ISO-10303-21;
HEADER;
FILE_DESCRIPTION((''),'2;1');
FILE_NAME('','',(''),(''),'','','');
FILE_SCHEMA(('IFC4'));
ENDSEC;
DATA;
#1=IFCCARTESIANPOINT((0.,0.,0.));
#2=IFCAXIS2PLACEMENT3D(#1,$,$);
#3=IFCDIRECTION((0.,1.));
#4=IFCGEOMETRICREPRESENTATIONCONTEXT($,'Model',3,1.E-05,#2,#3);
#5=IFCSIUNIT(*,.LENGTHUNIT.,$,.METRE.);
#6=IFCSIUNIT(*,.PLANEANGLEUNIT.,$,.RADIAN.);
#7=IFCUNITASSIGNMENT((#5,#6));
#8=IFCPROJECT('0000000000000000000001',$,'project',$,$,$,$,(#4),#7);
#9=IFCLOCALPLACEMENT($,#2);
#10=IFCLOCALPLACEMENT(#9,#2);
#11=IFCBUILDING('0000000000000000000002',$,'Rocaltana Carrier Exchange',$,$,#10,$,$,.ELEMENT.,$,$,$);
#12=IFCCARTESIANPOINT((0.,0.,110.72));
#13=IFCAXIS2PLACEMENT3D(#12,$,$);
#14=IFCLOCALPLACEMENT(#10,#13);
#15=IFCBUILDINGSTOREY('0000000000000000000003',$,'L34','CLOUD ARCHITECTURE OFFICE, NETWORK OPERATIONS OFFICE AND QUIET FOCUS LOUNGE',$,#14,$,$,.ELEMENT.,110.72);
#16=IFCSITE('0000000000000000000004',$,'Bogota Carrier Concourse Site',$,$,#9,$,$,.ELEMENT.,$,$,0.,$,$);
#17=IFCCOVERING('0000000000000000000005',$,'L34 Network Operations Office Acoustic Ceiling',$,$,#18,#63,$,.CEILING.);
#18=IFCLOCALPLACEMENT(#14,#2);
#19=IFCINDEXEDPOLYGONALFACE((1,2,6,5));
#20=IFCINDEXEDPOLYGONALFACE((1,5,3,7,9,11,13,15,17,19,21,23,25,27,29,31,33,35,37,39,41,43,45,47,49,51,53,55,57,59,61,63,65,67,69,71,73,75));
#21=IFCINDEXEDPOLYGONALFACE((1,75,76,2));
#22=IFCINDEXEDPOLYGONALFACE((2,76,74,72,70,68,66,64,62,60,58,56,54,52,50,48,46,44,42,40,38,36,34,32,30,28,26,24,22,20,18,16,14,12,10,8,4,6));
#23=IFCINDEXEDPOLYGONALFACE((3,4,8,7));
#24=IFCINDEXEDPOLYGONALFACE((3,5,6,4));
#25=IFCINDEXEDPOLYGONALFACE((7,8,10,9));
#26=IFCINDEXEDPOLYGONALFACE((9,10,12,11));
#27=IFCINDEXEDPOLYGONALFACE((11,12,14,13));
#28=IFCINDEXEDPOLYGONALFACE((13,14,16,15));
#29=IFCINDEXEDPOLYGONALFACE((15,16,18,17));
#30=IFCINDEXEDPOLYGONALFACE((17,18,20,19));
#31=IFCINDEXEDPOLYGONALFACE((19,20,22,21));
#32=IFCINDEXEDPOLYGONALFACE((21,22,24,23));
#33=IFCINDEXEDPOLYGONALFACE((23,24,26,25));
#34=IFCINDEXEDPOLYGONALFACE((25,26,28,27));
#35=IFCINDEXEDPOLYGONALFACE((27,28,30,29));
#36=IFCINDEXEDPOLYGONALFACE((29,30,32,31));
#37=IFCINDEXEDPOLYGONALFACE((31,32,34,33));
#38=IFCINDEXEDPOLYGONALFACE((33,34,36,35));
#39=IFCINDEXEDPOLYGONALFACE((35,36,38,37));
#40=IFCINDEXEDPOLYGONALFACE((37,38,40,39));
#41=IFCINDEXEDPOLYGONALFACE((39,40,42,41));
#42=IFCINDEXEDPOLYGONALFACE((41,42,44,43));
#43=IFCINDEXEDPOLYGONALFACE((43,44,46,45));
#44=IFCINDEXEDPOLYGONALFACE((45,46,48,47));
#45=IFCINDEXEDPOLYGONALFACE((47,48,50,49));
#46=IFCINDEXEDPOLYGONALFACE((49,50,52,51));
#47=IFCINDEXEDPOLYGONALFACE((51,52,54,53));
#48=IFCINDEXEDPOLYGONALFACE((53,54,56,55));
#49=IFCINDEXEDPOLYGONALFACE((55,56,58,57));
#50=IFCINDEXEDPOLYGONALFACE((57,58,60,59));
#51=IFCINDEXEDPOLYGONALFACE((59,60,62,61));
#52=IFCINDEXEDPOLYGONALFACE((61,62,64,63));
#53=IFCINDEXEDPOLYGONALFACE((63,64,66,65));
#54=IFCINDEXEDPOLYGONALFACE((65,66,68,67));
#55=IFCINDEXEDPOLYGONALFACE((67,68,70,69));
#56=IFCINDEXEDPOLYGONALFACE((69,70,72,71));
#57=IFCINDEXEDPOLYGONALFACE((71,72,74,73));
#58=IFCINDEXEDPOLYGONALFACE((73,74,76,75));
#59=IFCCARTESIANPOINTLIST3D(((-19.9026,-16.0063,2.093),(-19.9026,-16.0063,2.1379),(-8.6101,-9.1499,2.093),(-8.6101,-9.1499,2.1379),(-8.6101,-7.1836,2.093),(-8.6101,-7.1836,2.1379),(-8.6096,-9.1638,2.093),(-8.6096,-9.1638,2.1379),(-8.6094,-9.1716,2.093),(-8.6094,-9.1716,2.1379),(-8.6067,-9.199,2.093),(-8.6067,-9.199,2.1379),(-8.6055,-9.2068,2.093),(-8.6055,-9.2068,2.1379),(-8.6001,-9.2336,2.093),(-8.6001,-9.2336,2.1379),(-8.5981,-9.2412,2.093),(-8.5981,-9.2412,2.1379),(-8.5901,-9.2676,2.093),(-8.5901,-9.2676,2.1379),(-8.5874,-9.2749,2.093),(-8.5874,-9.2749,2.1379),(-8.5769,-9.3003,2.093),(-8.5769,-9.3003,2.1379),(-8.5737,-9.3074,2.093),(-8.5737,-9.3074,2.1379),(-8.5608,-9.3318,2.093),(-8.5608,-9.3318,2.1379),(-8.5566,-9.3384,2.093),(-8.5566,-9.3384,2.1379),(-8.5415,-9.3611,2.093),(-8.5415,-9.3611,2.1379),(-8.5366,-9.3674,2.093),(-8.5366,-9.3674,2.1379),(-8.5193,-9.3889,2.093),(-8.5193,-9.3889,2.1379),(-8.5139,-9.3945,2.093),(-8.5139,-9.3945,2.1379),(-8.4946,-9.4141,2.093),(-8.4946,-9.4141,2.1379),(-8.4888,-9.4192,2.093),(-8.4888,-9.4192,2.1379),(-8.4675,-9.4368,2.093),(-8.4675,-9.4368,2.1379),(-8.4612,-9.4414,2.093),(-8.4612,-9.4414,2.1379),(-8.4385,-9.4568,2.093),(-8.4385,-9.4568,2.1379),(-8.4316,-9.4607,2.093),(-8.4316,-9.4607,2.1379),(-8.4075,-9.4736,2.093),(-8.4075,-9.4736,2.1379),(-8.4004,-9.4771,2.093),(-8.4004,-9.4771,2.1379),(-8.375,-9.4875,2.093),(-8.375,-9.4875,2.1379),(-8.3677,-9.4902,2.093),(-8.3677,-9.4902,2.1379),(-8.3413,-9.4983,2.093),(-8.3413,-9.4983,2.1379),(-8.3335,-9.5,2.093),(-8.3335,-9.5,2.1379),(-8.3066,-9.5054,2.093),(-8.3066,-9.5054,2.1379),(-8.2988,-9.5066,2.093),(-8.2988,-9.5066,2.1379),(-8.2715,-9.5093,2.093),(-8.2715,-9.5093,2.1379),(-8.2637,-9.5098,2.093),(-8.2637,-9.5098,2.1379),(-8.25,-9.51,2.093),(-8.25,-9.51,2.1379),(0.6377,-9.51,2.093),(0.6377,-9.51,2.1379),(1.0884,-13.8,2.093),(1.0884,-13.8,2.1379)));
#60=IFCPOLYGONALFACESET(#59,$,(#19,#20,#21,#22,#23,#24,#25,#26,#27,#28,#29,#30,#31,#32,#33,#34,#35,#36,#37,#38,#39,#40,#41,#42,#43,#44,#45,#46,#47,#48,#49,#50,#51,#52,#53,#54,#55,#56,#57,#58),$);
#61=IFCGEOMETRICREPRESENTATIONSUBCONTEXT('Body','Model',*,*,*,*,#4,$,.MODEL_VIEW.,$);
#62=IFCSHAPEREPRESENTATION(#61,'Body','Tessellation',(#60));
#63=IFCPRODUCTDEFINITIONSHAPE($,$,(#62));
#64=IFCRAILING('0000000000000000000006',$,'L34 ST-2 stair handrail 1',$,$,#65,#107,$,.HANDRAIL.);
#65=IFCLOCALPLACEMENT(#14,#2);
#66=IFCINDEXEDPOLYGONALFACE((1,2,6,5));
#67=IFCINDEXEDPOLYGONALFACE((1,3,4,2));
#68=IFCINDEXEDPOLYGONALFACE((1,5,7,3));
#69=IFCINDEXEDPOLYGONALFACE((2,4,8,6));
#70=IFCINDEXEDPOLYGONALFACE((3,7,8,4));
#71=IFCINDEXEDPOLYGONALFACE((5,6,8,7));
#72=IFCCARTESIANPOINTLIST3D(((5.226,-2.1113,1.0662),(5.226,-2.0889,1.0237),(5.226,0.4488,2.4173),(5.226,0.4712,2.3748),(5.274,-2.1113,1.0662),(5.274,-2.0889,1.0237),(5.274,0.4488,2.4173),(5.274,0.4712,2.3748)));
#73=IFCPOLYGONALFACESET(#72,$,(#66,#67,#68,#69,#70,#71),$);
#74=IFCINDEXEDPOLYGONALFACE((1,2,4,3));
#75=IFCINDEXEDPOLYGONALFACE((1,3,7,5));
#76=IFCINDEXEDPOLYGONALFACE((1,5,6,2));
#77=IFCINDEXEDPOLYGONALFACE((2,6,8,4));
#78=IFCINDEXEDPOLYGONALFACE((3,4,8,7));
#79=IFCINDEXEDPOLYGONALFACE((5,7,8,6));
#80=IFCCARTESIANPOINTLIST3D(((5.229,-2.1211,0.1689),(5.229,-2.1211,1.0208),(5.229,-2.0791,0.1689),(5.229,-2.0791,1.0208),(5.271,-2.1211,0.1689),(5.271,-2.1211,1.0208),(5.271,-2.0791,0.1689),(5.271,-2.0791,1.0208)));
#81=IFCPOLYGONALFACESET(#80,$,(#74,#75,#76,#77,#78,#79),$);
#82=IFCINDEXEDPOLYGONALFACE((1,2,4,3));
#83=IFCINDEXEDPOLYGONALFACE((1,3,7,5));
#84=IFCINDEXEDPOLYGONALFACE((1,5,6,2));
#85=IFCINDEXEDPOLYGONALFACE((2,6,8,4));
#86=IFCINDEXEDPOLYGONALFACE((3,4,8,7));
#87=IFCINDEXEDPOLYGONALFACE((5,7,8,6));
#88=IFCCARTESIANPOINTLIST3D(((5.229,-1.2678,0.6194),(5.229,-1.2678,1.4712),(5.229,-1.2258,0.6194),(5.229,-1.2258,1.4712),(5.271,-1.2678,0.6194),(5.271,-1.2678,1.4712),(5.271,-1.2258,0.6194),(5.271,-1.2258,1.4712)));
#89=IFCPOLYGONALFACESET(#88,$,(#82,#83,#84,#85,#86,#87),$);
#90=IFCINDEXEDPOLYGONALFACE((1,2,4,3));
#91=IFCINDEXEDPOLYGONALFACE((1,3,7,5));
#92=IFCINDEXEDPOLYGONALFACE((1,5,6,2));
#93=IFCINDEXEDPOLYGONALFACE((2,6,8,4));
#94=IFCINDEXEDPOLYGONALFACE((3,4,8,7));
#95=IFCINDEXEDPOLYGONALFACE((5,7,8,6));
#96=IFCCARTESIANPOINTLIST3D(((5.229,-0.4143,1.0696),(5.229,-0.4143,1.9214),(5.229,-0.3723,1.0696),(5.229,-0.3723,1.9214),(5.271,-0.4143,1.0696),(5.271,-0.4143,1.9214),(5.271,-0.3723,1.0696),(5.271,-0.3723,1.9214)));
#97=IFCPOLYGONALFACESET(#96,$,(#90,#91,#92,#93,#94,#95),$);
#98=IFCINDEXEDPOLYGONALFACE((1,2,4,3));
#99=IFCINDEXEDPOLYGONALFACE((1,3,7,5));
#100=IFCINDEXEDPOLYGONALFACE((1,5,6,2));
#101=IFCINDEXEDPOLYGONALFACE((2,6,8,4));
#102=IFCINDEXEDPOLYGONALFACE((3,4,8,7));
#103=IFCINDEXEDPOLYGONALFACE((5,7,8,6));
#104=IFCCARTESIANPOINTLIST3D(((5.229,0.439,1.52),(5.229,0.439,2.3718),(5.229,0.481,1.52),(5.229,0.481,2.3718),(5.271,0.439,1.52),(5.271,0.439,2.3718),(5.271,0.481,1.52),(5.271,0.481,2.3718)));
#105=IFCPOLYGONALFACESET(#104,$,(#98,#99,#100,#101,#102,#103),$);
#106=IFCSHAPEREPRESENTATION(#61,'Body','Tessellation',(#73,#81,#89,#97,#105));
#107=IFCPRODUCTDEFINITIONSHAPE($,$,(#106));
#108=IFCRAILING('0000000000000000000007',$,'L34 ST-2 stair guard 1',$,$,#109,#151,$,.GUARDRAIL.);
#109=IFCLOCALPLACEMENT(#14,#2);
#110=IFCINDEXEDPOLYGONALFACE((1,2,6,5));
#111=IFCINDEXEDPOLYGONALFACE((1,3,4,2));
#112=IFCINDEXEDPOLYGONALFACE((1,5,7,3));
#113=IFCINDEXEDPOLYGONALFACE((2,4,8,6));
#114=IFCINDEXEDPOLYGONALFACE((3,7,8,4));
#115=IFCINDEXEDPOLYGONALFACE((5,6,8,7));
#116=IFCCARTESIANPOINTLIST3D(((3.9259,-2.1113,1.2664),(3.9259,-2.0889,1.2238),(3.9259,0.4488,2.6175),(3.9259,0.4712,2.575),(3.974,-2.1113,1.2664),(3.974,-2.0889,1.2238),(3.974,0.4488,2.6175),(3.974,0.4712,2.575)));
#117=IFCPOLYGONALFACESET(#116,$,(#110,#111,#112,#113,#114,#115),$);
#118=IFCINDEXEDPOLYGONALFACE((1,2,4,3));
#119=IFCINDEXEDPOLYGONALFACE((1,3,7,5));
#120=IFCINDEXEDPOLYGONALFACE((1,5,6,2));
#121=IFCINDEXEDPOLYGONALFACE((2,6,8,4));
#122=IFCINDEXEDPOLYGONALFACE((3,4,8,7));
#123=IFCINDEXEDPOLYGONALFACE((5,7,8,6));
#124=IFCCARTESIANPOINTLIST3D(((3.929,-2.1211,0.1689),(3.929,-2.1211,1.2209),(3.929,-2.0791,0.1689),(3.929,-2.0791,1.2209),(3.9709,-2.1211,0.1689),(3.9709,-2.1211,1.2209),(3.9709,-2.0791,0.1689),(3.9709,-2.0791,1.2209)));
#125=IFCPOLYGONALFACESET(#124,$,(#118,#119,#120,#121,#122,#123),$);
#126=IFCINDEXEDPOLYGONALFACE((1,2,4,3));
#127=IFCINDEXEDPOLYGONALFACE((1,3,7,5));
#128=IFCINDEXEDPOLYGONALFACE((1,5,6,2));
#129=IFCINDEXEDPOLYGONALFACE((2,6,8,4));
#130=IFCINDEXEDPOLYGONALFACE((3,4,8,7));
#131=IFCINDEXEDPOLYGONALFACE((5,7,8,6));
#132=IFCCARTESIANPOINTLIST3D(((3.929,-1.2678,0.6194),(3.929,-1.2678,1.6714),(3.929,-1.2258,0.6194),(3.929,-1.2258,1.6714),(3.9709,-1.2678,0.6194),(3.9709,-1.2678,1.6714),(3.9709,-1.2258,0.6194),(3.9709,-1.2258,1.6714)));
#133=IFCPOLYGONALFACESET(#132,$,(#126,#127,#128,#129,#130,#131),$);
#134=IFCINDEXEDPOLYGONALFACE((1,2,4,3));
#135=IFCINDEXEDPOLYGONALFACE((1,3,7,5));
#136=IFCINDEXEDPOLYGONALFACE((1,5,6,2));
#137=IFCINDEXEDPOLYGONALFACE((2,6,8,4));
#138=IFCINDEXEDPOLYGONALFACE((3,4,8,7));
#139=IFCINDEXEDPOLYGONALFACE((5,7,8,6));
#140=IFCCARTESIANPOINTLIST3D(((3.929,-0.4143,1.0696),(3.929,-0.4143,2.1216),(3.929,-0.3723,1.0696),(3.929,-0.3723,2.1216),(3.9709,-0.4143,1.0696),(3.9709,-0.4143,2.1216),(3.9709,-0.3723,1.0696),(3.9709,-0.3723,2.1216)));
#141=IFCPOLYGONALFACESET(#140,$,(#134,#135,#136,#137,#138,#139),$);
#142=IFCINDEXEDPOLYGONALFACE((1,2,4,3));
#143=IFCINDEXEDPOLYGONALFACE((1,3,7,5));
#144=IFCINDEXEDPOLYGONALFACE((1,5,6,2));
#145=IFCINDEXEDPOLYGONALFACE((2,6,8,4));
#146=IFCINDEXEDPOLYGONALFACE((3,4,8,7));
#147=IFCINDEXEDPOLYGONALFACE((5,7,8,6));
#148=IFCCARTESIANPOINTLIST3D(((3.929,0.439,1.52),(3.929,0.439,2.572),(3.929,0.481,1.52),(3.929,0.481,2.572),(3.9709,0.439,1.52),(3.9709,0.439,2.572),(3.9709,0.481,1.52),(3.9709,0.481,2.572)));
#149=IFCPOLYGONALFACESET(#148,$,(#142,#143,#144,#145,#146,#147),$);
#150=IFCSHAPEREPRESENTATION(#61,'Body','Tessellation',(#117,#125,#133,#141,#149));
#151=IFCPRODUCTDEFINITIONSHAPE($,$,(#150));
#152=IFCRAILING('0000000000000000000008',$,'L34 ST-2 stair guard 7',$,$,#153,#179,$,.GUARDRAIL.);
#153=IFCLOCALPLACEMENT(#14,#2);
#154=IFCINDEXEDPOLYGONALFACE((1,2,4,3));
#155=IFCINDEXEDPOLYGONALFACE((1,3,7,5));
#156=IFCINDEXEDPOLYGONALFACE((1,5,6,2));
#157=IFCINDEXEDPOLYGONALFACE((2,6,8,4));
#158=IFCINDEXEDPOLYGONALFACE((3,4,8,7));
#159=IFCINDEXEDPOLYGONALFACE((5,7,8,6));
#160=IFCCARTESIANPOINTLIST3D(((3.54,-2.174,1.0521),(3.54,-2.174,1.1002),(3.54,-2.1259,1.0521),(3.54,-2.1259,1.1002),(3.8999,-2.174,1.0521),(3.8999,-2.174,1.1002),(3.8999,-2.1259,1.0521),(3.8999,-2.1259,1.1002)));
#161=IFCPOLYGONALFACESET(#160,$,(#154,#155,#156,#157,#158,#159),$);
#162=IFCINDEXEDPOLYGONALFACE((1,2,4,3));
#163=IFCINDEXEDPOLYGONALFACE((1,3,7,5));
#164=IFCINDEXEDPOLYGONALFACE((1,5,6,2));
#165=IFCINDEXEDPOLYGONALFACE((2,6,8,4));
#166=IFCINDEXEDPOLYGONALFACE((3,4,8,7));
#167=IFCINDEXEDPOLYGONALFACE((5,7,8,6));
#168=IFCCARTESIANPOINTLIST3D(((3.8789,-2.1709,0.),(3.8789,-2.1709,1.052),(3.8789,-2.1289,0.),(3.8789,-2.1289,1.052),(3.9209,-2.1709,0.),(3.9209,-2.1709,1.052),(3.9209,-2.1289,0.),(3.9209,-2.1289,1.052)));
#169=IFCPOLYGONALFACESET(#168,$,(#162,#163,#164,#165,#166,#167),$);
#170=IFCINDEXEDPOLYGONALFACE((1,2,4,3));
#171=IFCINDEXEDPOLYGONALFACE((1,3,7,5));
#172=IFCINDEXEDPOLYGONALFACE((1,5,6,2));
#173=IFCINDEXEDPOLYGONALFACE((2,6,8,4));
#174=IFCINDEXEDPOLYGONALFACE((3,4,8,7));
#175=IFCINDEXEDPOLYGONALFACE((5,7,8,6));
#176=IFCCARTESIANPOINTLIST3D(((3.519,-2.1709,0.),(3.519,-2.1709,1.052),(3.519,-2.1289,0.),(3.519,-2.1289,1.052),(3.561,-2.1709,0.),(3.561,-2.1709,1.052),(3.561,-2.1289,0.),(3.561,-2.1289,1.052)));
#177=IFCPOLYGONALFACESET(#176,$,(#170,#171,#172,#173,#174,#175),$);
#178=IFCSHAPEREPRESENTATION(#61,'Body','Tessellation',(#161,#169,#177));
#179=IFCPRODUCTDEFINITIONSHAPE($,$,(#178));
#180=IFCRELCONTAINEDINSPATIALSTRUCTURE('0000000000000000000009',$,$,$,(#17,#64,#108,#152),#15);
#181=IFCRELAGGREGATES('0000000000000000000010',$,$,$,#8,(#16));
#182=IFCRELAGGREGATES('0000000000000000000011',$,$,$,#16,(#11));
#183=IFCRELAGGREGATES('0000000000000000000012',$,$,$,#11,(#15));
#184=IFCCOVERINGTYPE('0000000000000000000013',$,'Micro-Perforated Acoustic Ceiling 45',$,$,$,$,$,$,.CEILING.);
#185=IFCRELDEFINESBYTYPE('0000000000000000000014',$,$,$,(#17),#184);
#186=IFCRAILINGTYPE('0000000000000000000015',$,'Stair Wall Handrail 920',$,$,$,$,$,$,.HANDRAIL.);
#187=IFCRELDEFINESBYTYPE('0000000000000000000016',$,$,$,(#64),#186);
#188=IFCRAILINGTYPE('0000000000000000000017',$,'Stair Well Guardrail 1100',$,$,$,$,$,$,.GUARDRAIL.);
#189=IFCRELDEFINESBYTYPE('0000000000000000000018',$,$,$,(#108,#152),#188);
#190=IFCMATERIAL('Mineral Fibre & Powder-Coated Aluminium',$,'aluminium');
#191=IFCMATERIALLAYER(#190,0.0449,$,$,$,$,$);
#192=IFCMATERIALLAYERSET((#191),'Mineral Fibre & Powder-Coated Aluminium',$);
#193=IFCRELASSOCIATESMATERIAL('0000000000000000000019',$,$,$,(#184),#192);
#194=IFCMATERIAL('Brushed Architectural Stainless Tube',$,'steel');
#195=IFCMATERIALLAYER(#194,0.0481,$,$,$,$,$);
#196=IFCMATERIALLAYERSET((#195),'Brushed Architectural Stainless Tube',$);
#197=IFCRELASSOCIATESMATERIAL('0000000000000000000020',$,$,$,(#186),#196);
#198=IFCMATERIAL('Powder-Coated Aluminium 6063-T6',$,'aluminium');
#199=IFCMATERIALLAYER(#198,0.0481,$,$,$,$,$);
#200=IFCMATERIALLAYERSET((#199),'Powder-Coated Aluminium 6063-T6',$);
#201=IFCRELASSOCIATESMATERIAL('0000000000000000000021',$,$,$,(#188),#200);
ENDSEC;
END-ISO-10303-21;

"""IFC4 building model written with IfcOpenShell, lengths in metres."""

from ifc_helpers import new_model, si_unit, direction, frame, origin, origin_2d, place, context, subcontext, project, spatial, polyline, rectangle, outline, extrude, material, layer, layer_set, type_object, element, save


model = new_model("IFC4")

# Units and contexts
model_context = context("Model", 3, precision=1e-05, world=origin(), true_north=direction((0.0, 1.0)))
body_context = subcontext(model_context, "Body", "Model", "MODEL_VIEW")
ifc_project = project(units=[si_unit("LENGTHUNIT", "METRE"), si_unit("PLANEANGLEUNIT", "RADIAN")], contexts=[model_context])

# Site, building, storey
site_placement = place(None, origin())
site = spatial("IfcSite", under=ifc_project, at=site_placement, Name="Bogota Carrier Concourse Site", CompositionType="ELEMENT", RefElevation=0.0)
building_placement = place(site_placement, origin())
building = spatial("IfcBuilding", under=site, at=building_placement, Name="Rocaltana Carrier Exchange", CompositionType="ELEMENT")
storey_placement = place(building_placement, frame((0.0, 0.0, 110.72)))
storey = spatial("IfcBuildingStorey", under=building, at=storey_placement, Name="L34", Description="CLOUD ARCHITECTURE OFFICE, NETWORK OPERATIONS OFFICE AND QUIET FOCUS LOUNGE", CompositionType="ELEMENT", Elevation=110.72)

# Covering
ifc_material_1 = material(Name="Mineral Fibre & Powder-Coated Aluminium", Category="aluminium")
ifc_layer_1 = layer(ifc_material_1, 0.0449)
ifc_layer_set_1 = layer_set([ifc_layer_1], Name="Mineral Fibre & Powder-Coated Aluminium")
covering_type_1 = type_object("IfcCoveringType", Name="Micro-Perforated Acoustic Ceiling 45", PredefinedType="CEILING", material=ifc_layer_set_1)
covering_1_placement = place(storey_placement, frame((0.0, 0.0, 2.093)))
element("IfcCovering", 1, at=covering_1_placement, inside=storey, type_object=covering_type_1, Name="L34 Network Operations Office Acoustic Ceiling", PredefinedType="CEILING", context=body_context, shape_type="SweptSolid", body=[
    extrude(outline(polyline([(-19.9026, -16.0063), (-8.6101, -7.1836), (-8.6101, -9.1499), (-8.6096, -9.1638), (-8.6094, -9.1716), (-8.6067, -9.199), (-8.6055, -9.2068), (-8.6001, -9.2336), (-8.5981, -9.2412), (-8.5901, -9.2676), (-8.5874, -9.2749), (-8.5769, -9.3003), (-8.5737, -9.3074), (-8.5608, -9.3318), (-8.5566, -9.3384), (-8.5415, -9.3611), (-8.5366, -9.3674), (-8.5193, -9.3889), (-8.5139, -9.3945), (-8.4946, -9.4141), (-8.4888, -9.4192), (-8.4675, -9.4368), (-8.4612, -9.4414), (-8.4385, -9.4568), (-8.4316, -9.4607), (-8.4075, -9.4736), (-8.4004, -9.4771), (-8.375, -9.4875), (-8.3677, -9.4902), (-8.3413, -9.4983), (-8.3335, -9.5), (-8.3066, -9.5054), (-8.2988, -9.5066), (-8.2715, -9.5093), (-8.2637, -9.5098), (-8.25, -9.51), (0.6377, -9.51), (1.0884, -13.8), (-19.9026, -16.0063)])), origin(), (0.0, 0.0, 1.0), 0.0449),
])

# Railings
ifc_material_2 = material(Name="Brushed Architectural Stainless Tube", Category="steel")
ifc_layer_2 = layer(ifc_material_2, 0.0481)
ifc_layer_set_2 = layer_set([ifc_layer_2], Name="Brushed Architectural Stainless Tube")
railing_type_1 = type_object("IfcRailingType", Name="Stair Wall Handrail 920", PredefinedType="HANDRAIL", material=ifc_layer_set_2)
railing_1_placement = place(storey_placement, frame((5.25, -2.1001, 0.1689)))
element("IfcRailing", 2, at=railing_1_placement, inside=storey, type_object=railing_type_1, Name="L34 ST-2 stair handrail 1", PredefinedType="HANDRAIL", context=body_context, shape_type="SweptSolid", body=[
    extrude(rectangle(XDim=0.0481, YDim=0.0481, at=origin_2d()), frame((0.0, 0.0, 0.876), z_axis=(0.0, 0.884394, 0.46674), x_axis=(-1.0, 0.0, 0.0)), (0.0, 0.0, 1.0), 2.8948),
    extrude(rectangle(XDim=0.042, YDim=0.042, at=origin_2d()), origin(), (0.0, 0.0, 1.0), 0.8518),
    extrude(rectangle(XDim=0.042, YDim=0.042, at=origin_2d()), frame((0.0, 0.8533, 0.4504)), (0.0, 0.0, 1.0), 0.8518),
    extrude(rectangle(XDim=0.042, YDim=0.042, at=origin_2d()), frame((0.0, 1.7068, 0.9006)), (0.0, 0.0, 1.0), 0.8518),
    extrude(rectangle(XDim=0.042, YDim=0.042, at=origin_2d()), frame((0.0, 2.5601, 1.3511)), (0.0, 0.0, 1.0), 0.8518),
])
ifc_material_3 = material(Name="Powder-Coated Aluminium 6063-T6", Category="aluminium")
ifc_layer_3 = layer(ifc_material_3, 0.0481)
ifc_layer_set_3 = layer_set([ifc_layer_3], Name="Powder-Coated Aluminium 6063-T6")
railing_type_2 = type_object("IfcRailingType", Name="Stair Well Guardrail 1100", PredefinedType="GUARDRAIL", material=ifc_layer_set_3)
railing_2_placement = place(storey_placement, frame((3.95, -2.1001, 0.1689)))
element("IfcRailing", 3, at=railing_2_placement, inside=storey, type_object=railing_type_2, Name="L34 ST-2 stair guard 1", PredefinedType="GUARDRAIL", context=body_context, shape_type="SweptSolid", body=[
    extrude(rectangle(XDim=0.0481, YDim=0.0481, at=origin_2d()), frame((0.0, 0.0, 1.0762), z_axis=(0.0, 0.884394, 0.46674), x_axis=(-1.0, 0.0, 0.0)), (0.0, 0.0, 1.0), 2.8948),
    extrude(rectangle(XDim=0.042, YDim=0.042, at=origin_2d()), origin(), (0.0, 0.0, 1.0), 1.052),
    extrude(rectangle(XDim=0.042, YDim=0.042, at=origin_2d()), frame((0.0, 0.8533, 0.4504)), (0.0, 0.0, 1.0), 1.052),
    extrude(rectangle(XDim=0.042, YDim=0.042, at=origin_2d()), frame((0.0, 1.7068, 0.9006)), (0.0, 0.0, 1.0), 1.052),
    extrude(rectangle(XDim=0.042, YDim=0.042, at=origin_2d()), frame((0.0, 2.5601, 1.3511)), (0.0, 0.0, 1.0), 1.052),
])
railing_3_placement = place(storey_placement, frame((3.8999, -2.1499, 0.0)))
element("IfcRailing", 4, at=railing_3_placement, inside=storey, type_object=railing_type_2, Name="L34 ST-2 stair guard 7", PredefinedType="GUARDRAIL", context=body_context, shape_type="SweptSolid", body=[
    extrude(rectangle(XDim=0.0481, YDim=0.0481, at=origin_2d()), frame((0.0, 0.0, 1.0762), z_axis=(-1.0, 0.0, 0.0), x_axis=(0.0, -1.0, 0.0)), (0.0, 0.0, 1.0), 0.3599),
    extrude(rectangle(XDim=0.042, YDim=0.042, at=origin_2d()), origin(), (0.0, 0.0, 1.0), 1.052),
    extrude(rectangle(XDim=0.042, YDim=0.042, at=origin_2d()), frame((-0.3599, 0.0, 0.0)), (0.0, 0.0, 1.0), 1.052),
])

save(model, "model.ifc")
